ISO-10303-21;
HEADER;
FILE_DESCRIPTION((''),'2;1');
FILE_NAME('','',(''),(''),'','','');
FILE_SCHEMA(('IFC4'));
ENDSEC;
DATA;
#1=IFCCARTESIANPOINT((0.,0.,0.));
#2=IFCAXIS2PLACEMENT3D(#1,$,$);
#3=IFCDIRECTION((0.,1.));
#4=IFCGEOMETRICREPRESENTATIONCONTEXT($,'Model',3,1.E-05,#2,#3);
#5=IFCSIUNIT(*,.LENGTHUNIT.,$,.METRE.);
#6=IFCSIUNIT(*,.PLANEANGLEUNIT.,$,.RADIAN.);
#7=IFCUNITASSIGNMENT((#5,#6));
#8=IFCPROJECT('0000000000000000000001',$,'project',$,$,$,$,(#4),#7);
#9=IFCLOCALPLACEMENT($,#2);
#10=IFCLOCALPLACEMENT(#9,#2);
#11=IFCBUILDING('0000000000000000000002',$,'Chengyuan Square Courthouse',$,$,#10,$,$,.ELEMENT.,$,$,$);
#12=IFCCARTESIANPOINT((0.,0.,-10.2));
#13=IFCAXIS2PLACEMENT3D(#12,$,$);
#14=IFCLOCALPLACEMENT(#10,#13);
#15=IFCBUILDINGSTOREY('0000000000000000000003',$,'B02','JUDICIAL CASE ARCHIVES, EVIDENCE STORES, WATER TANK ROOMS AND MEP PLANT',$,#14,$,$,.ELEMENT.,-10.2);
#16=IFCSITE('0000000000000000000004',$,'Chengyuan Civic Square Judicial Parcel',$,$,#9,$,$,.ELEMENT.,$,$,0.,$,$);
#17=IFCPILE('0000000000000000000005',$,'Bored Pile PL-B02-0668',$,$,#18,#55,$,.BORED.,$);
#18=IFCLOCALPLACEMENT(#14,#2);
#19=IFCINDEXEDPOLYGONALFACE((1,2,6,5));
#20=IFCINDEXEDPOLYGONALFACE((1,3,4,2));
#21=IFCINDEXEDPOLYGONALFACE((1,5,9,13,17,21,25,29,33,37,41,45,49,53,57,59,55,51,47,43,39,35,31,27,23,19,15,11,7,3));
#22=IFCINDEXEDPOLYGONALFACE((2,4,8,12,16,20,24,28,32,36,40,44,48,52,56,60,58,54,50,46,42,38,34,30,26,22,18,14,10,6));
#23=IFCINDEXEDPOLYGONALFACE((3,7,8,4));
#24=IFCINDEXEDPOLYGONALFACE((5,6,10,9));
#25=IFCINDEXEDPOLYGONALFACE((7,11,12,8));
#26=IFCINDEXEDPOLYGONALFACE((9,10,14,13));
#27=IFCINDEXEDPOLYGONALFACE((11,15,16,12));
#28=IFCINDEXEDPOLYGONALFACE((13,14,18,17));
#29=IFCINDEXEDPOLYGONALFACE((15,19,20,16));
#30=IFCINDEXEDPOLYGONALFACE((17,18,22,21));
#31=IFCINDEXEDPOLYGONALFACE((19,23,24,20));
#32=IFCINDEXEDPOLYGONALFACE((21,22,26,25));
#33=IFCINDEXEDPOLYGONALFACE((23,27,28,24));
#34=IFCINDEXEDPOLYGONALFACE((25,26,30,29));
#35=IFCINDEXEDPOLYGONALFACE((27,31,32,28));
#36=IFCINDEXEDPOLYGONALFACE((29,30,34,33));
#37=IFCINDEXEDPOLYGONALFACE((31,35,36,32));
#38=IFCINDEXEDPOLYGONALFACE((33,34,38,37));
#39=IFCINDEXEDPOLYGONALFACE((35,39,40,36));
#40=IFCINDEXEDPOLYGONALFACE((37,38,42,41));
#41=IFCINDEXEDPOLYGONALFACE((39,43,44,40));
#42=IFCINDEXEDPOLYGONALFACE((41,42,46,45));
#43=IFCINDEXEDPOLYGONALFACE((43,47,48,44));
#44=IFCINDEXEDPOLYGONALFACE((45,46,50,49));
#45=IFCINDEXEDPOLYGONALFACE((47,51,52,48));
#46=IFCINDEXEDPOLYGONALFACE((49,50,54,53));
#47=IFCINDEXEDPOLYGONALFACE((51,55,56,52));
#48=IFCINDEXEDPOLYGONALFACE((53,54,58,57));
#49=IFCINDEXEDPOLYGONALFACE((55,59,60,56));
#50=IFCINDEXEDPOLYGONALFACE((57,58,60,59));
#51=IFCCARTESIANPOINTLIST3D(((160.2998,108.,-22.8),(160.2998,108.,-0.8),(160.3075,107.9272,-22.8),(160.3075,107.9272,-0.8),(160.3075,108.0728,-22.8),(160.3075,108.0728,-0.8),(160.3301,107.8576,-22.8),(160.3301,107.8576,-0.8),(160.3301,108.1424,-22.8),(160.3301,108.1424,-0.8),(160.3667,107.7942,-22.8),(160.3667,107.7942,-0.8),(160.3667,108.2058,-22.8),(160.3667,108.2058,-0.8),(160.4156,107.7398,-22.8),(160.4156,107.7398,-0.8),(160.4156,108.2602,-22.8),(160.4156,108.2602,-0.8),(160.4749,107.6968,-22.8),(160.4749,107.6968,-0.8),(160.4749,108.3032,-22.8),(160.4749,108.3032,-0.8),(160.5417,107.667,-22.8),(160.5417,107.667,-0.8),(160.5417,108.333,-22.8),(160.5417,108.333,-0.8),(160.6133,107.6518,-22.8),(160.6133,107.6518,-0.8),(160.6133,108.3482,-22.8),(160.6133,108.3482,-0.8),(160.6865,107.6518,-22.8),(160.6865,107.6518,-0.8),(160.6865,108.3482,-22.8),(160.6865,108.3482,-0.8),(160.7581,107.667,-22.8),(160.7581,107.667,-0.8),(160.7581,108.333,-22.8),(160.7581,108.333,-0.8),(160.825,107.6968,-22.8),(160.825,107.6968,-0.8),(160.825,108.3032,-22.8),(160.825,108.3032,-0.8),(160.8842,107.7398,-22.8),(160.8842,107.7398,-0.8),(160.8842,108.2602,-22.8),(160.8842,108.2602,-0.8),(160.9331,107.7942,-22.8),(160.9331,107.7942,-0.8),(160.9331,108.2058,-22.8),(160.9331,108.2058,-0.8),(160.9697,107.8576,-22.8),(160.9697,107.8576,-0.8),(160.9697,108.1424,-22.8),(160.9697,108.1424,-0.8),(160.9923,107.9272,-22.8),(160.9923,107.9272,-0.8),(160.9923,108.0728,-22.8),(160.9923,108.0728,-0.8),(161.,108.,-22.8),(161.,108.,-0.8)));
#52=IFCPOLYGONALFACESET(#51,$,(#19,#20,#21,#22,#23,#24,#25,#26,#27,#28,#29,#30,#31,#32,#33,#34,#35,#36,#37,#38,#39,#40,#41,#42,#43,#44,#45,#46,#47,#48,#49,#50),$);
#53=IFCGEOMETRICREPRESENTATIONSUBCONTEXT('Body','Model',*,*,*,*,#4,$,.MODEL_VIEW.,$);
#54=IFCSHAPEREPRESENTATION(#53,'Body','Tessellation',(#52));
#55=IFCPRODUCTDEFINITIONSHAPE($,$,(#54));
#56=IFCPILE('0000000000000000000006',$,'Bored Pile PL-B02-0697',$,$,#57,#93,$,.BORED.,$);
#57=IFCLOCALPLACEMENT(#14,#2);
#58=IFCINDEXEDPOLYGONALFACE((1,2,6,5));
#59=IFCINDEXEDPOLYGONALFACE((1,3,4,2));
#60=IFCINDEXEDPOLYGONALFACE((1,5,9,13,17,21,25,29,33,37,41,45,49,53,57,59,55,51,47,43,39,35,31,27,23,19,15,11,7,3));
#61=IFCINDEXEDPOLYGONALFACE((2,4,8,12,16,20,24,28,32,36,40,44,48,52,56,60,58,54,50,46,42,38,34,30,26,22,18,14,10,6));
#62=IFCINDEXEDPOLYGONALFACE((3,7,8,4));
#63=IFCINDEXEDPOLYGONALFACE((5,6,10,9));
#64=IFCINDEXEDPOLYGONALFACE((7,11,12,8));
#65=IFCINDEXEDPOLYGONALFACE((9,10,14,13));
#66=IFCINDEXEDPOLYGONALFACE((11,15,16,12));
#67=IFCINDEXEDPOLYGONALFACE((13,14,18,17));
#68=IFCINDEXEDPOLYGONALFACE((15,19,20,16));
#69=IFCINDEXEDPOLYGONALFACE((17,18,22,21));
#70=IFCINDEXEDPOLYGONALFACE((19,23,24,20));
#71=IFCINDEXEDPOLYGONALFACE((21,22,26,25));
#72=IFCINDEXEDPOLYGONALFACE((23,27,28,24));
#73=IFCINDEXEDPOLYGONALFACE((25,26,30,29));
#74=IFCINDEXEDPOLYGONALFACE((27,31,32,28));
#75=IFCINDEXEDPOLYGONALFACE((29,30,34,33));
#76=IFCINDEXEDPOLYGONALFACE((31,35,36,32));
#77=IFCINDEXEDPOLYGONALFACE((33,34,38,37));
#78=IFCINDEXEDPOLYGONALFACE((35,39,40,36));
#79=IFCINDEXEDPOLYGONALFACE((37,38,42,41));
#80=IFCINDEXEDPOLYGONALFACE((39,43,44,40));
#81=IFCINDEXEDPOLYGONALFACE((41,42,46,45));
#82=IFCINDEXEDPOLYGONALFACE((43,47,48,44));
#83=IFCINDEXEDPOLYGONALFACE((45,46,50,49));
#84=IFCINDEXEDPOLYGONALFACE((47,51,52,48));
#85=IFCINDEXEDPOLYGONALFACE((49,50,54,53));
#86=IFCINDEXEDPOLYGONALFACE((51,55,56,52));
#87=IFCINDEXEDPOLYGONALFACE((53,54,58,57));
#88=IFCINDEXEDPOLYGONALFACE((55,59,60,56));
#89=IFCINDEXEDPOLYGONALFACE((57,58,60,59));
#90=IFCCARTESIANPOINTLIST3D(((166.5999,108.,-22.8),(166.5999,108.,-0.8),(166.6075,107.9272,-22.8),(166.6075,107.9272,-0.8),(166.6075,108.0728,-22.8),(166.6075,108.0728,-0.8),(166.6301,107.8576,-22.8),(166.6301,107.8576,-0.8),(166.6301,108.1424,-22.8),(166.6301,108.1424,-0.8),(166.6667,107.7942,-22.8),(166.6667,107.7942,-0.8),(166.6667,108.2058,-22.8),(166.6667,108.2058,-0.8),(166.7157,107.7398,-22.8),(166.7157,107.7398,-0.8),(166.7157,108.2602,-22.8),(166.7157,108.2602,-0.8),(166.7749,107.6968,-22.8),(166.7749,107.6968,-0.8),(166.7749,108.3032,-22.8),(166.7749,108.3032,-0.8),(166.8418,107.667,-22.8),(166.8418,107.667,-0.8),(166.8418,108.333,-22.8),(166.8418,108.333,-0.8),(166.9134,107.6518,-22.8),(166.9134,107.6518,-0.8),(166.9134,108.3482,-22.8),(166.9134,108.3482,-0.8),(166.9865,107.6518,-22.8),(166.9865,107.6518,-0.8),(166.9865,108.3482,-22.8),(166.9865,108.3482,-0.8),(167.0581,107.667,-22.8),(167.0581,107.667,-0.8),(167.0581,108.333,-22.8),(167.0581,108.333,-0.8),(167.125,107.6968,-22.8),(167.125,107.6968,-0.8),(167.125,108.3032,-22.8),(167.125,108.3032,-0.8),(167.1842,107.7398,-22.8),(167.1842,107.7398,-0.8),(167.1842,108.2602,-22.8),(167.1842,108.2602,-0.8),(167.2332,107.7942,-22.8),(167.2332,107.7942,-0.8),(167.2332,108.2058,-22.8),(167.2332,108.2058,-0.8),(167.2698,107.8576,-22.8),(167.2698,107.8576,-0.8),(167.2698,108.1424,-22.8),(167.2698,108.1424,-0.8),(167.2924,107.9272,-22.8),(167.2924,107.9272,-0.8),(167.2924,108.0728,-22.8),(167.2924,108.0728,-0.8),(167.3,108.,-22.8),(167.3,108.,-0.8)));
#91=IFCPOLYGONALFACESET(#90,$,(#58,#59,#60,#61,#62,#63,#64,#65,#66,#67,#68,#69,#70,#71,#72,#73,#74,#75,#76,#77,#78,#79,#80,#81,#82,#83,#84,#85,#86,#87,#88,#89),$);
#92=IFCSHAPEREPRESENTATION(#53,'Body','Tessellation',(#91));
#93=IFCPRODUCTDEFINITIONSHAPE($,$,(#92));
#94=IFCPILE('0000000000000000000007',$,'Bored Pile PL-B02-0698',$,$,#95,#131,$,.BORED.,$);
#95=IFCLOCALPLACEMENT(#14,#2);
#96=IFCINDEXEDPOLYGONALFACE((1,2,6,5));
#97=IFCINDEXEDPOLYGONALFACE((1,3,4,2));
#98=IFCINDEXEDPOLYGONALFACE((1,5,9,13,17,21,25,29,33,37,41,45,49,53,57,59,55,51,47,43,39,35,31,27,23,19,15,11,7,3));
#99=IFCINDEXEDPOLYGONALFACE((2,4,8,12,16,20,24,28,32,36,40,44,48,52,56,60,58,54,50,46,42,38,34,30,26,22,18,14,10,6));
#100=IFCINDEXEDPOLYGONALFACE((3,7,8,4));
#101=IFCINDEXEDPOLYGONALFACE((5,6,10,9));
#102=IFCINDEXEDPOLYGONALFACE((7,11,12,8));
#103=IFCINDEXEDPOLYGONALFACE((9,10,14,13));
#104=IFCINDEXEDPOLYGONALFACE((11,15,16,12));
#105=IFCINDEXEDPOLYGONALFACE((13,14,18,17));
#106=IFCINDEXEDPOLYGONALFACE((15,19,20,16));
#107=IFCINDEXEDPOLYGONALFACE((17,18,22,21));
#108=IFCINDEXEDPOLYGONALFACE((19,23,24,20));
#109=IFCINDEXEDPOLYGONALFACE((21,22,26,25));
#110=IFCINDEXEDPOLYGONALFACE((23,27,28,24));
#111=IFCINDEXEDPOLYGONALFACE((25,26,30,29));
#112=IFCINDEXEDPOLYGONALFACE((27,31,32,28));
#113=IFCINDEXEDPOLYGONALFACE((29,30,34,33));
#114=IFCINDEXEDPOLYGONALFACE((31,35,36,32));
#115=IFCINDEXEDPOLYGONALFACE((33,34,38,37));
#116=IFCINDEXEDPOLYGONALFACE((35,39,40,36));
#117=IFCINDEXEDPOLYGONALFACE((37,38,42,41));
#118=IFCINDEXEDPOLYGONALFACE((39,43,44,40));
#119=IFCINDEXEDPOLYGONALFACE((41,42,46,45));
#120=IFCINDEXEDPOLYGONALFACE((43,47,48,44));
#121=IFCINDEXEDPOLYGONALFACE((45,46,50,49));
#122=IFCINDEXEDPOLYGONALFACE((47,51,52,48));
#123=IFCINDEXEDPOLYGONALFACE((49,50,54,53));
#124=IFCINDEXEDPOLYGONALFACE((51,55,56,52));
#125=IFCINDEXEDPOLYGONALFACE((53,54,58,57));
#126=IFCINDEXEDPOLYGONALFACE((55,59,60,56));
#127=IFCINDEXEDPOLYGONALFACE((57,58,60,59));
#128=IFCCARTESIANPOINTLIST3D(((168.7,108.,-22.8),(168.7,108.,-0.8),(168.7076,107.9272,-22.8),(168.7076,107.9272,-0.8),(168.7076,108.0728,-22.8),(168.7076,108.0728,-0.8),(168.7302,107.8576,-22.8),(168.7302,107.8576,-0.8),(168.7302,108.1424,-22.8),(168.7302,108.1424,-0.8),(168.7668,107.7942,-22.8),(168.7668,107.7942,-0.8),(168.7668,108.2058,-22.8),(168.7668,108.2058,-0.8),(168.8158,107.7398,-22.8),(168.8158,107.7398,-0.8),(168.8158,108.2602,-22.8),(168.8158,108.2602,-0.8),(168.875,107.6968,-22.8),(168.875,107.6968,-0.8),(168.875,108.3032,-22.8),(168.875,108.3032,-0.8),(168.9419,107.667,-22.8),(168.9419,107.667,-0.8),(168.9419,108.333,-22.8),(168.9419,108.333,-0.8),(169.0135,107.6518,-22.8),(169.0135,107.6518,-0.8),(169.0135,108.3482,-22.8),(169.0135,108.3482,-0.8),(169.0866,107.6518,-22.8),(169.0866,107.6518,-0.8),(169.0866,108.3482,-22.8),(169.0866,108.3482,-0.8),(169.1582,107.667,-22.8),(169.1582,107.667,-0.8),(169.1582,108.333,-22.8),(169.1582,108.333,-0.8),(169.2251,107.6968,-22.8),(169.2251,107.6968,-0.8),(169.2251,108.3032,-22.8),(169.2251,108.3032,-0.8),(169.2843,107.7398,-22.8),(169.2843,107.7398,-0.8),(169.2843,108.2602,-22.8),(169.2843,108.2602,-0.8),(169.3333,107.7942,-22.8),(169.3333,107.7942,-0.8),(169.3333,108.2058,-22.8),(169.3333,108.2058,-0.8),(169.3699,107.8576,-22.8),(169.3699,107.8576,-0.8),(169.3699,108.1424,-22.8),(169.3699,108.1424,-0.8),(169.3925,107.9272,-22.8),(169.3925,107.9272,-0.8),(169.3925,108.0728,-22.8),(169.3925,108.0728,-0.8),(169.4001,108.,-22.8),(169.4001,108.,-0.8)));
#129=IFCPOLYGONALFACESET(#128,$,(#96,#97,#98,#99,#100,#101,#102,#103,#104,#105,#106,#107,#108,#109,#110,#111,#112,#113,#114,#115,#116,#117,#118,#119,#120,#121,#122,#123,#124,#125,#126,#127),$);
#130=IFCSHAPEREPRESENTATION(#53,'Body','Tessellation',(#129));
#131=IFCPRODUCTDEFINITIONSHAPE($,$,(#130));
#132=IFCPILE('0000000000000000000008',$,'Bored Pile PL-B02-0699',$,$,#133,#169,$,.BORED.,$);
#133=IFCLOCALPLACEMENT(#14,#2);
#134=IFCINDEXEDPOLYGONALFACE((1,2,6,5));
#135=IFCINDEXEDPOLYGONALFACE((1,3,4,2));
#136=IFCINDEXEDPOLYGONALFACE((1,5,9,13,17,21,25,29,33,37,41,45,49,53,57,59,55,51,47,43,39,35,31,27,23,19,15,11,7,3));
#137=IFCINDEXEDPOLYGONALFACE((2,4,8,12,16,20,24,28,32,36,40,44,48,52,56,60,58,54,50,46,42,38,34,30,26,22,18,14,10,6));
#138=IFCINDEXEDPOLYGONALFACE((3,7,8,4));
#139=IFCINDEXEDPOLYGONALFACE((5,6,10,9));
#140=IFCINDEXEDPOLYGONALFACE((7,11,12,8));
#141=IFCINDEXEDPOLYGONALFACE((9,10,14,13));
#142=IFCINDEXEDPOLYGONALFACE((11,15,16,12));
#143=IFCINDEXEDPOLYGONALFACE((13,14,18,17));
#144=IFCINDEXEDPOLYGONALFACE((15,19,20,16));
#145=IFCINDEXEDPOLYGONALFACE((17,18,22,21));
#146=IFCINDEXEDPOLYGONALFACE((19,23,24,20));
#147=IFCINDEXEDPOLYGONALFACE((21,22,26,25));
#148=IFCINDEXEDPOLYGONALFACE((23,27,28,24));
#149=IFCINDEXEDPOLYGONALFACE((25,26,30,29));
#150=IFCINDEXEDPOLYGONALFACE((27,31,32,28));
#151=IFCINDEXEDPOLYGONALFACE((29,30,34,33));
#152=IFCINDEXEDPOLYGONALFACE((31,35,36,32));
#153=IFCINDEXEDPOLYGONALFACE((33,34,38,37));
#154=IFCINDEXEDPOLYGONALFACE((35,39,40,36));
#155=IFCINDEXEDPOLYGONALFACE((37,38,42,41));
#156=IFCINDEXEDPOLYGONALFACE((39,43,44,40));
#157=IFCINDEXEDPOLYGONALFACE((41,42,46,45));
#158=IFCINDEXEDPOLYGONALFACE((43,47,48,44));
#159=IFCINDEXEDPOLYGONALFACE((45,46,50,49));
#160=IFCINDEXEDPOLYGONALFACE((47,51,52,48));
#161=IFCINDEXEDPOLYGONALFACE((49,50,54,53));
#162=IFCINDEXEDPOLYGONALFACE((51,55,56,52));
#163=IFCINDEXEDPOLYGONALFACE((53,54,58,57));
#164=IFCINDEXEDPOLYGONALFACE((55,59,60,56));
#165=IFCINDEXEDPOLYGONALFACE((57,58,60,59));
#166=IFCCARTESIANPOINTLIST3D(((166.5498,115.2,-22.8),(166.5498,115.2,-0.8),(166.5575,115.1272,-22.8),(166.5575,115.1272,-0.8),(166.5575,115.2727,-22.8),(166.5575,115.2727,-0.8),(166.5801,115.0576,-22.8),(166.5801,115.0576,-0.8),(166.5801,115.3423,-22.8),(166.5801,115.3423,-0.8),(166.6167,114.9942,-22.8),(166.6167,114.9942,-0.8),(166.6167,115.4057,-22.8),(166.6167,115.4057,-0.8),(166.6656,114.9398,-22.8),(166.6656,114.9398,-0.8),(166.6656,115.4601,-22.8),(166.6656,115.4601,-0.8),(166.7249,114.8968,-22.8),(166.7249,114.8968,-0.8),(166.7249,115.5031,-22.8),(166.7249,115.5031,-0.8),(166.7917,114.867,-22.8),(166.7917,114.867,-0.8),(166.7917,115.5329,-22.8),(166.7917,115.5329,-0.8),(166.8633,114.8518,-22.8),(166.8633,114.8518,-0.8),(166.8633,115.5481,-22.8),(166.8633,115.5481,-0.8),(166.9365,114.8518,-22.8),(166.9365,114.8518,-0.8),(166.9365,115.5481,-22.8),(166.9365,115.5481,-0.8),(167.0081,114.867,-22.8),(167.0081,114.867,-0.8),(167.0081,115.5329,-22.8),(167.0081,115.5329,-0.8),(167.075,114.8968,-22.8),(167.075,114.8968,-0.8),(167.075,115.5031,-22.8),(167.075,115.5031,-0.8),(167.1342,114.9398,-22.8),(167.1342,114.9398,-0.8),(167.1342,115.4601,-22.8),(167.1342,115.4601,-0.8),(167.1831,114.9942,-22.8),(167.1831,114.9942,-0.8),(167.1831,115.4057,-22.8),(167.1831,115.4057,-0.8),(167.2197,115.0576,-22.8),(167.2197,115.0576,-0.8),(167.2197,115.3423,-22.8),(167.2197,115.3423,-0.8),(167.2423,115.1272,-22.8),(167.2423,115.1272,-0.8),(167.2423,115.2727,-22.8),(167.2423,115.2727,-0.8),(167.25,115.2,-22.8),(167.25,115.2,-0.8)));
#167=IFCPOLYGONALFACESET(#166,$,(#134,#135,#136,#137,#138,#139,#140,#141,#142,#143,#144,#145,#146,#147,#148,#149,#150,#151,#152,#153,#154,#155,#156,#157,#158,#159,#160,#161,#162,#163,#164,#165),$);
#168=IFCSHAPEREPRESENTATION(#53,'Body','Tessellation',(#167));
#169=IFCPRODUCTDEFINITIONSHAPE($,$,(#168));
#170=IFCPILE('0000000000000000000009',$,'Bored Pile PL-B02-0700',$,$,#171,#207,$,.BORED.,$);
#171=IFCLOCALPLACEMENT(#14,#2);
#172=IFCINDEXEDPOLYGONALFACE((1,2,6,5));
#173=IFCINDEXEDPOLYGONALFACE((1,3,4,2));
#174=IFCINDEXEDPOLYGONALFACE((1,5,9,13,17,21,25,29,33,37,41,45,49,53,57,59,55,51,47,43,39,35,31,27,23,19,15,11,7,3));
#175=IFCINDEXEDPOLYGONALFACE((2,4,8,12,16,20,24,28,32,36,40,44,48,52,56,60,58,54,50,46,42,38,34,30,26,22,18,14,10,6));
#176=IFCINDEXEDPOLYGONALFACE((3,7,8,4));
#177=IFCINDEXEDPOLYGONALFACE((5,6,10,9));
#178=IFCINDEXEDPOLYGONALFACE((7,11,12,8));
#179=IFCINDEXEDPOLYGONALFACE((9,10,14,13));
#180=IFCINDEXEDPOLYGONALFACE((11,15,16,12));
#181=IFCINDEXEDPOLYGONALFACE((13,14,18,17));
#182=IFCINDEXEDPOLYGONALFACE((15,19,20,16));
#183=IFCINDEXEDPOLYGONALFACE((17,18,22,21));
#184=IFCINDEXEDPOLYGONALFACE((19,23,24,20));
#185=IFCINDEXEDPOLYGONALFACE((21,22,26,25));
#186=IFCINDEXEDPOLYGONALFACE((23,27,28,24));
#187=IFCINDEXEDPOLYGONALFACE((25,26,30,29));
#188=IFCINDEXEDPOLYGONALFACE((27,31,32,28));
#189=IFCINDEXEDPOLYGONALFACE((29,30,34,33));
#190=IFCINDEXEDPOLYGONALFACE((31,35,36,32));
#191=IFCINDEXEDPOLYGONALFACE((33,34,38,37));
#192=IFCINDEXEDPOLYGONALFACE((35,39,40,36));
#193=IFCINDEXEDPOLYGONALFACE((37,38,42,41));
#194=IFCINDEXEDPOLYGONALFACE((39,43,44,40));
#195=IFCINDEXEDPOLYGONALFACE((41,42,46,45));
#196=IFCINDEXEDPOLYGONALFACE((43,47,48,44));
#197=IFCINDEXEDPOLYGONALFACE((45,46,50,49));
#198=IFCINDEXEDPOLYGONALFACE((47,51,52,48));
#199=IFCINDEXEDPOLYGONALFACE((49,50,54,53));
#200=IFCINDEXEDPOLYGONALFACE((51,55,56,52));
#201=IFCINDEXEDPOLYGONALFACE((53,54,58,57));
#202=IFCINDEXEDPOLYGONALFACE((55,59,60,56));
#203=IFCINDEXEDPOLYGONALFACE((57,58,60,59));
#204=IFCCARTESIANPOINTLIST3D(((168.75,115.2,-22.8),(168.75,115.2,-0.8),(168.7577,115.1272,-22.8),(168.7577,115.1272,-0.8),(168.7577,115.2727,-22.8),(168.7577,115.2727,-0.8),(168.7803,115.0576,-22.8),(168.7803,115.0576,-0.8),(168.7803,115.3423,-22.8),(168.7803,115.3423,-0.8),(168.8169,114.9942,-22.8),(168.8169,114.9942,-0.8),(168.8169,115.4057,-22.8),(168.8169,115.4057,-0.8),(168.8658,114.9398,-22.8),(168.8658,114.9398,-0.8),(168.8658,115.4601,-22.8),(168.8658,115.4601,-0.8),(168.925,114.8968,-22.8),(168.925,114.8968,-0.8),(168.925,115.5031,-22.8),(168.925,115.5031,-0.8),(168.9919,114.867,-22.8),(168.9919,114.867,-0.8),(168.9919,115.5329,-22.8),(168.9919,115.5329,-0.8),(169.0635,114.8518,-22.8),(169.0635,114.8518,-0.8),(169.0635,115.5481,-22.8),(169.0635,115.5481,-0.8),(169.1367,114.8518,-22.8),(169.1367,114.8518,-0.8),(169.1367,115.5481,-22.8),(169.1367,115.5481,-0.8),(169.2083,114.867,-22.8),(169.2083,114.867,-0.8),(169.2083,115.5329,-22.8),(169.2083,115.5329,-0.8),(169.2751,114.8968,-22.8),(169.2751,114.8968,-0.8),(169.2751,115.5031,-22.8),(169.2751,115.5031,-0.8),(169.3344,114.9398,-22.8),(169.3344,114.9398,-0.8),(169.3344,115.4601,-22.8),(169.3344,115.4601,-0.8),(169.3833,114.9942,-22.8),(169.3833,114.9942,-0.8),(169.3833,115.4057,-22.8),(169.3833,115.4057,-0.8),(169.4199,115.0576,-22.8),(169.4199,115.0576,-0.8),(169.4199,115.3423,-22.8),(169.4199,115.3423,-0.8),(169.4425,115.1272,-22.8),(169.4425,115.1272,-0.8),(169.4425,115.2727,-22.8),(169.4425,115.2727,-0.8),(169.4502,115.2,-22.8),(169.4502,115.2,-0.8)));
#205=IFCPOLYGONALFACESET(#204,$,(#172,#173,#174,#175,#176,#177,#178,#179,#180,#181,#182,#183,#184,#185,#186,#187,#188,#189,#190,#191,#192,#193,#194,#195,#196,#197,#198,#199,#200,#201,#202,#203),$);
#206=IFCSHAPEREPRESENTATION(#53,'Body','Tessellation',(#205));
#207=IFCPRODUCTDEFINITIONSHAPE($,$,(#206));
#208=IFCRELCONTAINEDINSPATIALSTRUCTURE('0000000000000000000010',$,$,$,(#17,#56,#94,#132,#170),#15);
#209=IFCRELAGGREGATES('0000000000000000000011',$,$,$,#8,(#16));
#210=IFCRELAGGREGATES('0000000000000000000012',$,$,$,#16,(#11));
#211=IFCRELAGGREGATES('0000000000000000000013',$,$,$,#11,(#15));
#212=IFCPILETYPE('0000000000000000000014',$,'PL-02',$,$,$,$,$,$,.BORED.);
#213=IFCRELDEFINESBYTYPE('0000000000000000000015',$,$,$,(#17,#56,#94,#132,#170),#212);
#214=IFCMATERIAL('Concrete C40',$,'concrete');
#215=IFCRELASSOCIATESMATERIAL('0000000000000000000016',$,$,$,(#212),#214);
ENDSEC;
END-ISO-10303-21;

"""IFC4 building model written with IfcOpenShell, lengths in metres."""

from ifc_helpers import new_model, si_unit, direction, frame, origin, origin_2d, place, context, subcontext, project, spatial, circle, extrude, material, material_profile, profile_set, type_object, element, save


model = new_model("IFC4")

# Units and contexts
model_context = context("Model", 3, precision=1e-05, world=origin(), true_north=direction((0.0, 1.0)))
body_context = subcontext(model_context, "Body", "Model", "MODEL_VIEW")
ifc_project = project(units=[si_unit("LENGTHUNIT", "METRE"), si_unit("PLANEANGLEUNIT", "RADIAN")], contexts=[model_context])

# Site, building, storey
site_placement = place(None, origin())
site = spatial("IfcSite", under=ifc_project, at=site_placement, Name="Chengyuan Civic Square Judicial Parcel", CompositionType="ELEMENT", RefElevation=0.0)
building_placement = place(site_placement, origin())
building = spatial("IfcBuilding", under=site, at=building_placement, Name="Chengyuan Square Courthouse", CompositionType="ELEMENT")
storey_placement = place(building_placement, frame((0.0, 0.0, -10.2)))
storey = spatial("IfcBuildingStorey", under=building, at=storey_placement, Name="B02", Description="JUDICIAL CASE ARCHIVES, EVIDENCE STORES, WATER TANK ROOMS AND MEP PLANT", CompositionType="ELEMENT", Elevation=-10.2)

# Shared definitions
ifc_material_1 = material(Name="Concrete C40", Category="concrete")

# Piles
ifc_material_profile_1 = material_profile(ifc_material_1, circle(Radius=0.3501, at=origin_2d()), Name="BORED PILE D700")
ifc_profile_set_1 = profile_set([ifc_material_profile_1], Name="Concrete C40")
pile_type_1 = type_object("IfcPileType", Name="PL-02", PredefinedType="BORED", material=ifc_profile_set_1)
for number, where, z_axis, x_axis, name in (
    (1, (160.6499, 108.0, -0.8), (0.0, 0.0, -1.0), (1.0, 0.0, 0.0), "Bored Pile PL-B02-0668"),
    (2, (166.95, 108.0, -0.8), (0.0, 0.0, -1.0), (1.0, 0.0, 0.0), "Bored Pile PL-B02-0697"),
    (3, (169.05, 108.0, -0.8), (0.0, 0.0, -1.0), (1.0, 0.0, 0.0), "Bored Pile PL-B02-0698"),
    (4, (166.8999, 115.2, -0.8), (0.0, 0.0, -1.0), (1.0, 0.0, 0.0), "Bored Pile PL-B02-0699"),
    (5, (169.1001, 115.2, -0.8), (0.0, 0.0, -1.0), (1.0, 0.0, 0.0), "Bored Pile PL-B02-0700"),
):
    element("IfcPile", number, at=place(storey_placement, frame(where, z_axis=z_axis, x_axis=x_axis)), inside=storey, type_object=pile_type_1, Name=name, PredefinedType="BORED", context=body_context, shape_type="SweptSolid", body=[
        extrude(circle(Radius=0.3501, at=origin_2d()), origin(), (0.0, 0.0, 1.0), 22.0),
    ])

save(model, "model.ifc")
